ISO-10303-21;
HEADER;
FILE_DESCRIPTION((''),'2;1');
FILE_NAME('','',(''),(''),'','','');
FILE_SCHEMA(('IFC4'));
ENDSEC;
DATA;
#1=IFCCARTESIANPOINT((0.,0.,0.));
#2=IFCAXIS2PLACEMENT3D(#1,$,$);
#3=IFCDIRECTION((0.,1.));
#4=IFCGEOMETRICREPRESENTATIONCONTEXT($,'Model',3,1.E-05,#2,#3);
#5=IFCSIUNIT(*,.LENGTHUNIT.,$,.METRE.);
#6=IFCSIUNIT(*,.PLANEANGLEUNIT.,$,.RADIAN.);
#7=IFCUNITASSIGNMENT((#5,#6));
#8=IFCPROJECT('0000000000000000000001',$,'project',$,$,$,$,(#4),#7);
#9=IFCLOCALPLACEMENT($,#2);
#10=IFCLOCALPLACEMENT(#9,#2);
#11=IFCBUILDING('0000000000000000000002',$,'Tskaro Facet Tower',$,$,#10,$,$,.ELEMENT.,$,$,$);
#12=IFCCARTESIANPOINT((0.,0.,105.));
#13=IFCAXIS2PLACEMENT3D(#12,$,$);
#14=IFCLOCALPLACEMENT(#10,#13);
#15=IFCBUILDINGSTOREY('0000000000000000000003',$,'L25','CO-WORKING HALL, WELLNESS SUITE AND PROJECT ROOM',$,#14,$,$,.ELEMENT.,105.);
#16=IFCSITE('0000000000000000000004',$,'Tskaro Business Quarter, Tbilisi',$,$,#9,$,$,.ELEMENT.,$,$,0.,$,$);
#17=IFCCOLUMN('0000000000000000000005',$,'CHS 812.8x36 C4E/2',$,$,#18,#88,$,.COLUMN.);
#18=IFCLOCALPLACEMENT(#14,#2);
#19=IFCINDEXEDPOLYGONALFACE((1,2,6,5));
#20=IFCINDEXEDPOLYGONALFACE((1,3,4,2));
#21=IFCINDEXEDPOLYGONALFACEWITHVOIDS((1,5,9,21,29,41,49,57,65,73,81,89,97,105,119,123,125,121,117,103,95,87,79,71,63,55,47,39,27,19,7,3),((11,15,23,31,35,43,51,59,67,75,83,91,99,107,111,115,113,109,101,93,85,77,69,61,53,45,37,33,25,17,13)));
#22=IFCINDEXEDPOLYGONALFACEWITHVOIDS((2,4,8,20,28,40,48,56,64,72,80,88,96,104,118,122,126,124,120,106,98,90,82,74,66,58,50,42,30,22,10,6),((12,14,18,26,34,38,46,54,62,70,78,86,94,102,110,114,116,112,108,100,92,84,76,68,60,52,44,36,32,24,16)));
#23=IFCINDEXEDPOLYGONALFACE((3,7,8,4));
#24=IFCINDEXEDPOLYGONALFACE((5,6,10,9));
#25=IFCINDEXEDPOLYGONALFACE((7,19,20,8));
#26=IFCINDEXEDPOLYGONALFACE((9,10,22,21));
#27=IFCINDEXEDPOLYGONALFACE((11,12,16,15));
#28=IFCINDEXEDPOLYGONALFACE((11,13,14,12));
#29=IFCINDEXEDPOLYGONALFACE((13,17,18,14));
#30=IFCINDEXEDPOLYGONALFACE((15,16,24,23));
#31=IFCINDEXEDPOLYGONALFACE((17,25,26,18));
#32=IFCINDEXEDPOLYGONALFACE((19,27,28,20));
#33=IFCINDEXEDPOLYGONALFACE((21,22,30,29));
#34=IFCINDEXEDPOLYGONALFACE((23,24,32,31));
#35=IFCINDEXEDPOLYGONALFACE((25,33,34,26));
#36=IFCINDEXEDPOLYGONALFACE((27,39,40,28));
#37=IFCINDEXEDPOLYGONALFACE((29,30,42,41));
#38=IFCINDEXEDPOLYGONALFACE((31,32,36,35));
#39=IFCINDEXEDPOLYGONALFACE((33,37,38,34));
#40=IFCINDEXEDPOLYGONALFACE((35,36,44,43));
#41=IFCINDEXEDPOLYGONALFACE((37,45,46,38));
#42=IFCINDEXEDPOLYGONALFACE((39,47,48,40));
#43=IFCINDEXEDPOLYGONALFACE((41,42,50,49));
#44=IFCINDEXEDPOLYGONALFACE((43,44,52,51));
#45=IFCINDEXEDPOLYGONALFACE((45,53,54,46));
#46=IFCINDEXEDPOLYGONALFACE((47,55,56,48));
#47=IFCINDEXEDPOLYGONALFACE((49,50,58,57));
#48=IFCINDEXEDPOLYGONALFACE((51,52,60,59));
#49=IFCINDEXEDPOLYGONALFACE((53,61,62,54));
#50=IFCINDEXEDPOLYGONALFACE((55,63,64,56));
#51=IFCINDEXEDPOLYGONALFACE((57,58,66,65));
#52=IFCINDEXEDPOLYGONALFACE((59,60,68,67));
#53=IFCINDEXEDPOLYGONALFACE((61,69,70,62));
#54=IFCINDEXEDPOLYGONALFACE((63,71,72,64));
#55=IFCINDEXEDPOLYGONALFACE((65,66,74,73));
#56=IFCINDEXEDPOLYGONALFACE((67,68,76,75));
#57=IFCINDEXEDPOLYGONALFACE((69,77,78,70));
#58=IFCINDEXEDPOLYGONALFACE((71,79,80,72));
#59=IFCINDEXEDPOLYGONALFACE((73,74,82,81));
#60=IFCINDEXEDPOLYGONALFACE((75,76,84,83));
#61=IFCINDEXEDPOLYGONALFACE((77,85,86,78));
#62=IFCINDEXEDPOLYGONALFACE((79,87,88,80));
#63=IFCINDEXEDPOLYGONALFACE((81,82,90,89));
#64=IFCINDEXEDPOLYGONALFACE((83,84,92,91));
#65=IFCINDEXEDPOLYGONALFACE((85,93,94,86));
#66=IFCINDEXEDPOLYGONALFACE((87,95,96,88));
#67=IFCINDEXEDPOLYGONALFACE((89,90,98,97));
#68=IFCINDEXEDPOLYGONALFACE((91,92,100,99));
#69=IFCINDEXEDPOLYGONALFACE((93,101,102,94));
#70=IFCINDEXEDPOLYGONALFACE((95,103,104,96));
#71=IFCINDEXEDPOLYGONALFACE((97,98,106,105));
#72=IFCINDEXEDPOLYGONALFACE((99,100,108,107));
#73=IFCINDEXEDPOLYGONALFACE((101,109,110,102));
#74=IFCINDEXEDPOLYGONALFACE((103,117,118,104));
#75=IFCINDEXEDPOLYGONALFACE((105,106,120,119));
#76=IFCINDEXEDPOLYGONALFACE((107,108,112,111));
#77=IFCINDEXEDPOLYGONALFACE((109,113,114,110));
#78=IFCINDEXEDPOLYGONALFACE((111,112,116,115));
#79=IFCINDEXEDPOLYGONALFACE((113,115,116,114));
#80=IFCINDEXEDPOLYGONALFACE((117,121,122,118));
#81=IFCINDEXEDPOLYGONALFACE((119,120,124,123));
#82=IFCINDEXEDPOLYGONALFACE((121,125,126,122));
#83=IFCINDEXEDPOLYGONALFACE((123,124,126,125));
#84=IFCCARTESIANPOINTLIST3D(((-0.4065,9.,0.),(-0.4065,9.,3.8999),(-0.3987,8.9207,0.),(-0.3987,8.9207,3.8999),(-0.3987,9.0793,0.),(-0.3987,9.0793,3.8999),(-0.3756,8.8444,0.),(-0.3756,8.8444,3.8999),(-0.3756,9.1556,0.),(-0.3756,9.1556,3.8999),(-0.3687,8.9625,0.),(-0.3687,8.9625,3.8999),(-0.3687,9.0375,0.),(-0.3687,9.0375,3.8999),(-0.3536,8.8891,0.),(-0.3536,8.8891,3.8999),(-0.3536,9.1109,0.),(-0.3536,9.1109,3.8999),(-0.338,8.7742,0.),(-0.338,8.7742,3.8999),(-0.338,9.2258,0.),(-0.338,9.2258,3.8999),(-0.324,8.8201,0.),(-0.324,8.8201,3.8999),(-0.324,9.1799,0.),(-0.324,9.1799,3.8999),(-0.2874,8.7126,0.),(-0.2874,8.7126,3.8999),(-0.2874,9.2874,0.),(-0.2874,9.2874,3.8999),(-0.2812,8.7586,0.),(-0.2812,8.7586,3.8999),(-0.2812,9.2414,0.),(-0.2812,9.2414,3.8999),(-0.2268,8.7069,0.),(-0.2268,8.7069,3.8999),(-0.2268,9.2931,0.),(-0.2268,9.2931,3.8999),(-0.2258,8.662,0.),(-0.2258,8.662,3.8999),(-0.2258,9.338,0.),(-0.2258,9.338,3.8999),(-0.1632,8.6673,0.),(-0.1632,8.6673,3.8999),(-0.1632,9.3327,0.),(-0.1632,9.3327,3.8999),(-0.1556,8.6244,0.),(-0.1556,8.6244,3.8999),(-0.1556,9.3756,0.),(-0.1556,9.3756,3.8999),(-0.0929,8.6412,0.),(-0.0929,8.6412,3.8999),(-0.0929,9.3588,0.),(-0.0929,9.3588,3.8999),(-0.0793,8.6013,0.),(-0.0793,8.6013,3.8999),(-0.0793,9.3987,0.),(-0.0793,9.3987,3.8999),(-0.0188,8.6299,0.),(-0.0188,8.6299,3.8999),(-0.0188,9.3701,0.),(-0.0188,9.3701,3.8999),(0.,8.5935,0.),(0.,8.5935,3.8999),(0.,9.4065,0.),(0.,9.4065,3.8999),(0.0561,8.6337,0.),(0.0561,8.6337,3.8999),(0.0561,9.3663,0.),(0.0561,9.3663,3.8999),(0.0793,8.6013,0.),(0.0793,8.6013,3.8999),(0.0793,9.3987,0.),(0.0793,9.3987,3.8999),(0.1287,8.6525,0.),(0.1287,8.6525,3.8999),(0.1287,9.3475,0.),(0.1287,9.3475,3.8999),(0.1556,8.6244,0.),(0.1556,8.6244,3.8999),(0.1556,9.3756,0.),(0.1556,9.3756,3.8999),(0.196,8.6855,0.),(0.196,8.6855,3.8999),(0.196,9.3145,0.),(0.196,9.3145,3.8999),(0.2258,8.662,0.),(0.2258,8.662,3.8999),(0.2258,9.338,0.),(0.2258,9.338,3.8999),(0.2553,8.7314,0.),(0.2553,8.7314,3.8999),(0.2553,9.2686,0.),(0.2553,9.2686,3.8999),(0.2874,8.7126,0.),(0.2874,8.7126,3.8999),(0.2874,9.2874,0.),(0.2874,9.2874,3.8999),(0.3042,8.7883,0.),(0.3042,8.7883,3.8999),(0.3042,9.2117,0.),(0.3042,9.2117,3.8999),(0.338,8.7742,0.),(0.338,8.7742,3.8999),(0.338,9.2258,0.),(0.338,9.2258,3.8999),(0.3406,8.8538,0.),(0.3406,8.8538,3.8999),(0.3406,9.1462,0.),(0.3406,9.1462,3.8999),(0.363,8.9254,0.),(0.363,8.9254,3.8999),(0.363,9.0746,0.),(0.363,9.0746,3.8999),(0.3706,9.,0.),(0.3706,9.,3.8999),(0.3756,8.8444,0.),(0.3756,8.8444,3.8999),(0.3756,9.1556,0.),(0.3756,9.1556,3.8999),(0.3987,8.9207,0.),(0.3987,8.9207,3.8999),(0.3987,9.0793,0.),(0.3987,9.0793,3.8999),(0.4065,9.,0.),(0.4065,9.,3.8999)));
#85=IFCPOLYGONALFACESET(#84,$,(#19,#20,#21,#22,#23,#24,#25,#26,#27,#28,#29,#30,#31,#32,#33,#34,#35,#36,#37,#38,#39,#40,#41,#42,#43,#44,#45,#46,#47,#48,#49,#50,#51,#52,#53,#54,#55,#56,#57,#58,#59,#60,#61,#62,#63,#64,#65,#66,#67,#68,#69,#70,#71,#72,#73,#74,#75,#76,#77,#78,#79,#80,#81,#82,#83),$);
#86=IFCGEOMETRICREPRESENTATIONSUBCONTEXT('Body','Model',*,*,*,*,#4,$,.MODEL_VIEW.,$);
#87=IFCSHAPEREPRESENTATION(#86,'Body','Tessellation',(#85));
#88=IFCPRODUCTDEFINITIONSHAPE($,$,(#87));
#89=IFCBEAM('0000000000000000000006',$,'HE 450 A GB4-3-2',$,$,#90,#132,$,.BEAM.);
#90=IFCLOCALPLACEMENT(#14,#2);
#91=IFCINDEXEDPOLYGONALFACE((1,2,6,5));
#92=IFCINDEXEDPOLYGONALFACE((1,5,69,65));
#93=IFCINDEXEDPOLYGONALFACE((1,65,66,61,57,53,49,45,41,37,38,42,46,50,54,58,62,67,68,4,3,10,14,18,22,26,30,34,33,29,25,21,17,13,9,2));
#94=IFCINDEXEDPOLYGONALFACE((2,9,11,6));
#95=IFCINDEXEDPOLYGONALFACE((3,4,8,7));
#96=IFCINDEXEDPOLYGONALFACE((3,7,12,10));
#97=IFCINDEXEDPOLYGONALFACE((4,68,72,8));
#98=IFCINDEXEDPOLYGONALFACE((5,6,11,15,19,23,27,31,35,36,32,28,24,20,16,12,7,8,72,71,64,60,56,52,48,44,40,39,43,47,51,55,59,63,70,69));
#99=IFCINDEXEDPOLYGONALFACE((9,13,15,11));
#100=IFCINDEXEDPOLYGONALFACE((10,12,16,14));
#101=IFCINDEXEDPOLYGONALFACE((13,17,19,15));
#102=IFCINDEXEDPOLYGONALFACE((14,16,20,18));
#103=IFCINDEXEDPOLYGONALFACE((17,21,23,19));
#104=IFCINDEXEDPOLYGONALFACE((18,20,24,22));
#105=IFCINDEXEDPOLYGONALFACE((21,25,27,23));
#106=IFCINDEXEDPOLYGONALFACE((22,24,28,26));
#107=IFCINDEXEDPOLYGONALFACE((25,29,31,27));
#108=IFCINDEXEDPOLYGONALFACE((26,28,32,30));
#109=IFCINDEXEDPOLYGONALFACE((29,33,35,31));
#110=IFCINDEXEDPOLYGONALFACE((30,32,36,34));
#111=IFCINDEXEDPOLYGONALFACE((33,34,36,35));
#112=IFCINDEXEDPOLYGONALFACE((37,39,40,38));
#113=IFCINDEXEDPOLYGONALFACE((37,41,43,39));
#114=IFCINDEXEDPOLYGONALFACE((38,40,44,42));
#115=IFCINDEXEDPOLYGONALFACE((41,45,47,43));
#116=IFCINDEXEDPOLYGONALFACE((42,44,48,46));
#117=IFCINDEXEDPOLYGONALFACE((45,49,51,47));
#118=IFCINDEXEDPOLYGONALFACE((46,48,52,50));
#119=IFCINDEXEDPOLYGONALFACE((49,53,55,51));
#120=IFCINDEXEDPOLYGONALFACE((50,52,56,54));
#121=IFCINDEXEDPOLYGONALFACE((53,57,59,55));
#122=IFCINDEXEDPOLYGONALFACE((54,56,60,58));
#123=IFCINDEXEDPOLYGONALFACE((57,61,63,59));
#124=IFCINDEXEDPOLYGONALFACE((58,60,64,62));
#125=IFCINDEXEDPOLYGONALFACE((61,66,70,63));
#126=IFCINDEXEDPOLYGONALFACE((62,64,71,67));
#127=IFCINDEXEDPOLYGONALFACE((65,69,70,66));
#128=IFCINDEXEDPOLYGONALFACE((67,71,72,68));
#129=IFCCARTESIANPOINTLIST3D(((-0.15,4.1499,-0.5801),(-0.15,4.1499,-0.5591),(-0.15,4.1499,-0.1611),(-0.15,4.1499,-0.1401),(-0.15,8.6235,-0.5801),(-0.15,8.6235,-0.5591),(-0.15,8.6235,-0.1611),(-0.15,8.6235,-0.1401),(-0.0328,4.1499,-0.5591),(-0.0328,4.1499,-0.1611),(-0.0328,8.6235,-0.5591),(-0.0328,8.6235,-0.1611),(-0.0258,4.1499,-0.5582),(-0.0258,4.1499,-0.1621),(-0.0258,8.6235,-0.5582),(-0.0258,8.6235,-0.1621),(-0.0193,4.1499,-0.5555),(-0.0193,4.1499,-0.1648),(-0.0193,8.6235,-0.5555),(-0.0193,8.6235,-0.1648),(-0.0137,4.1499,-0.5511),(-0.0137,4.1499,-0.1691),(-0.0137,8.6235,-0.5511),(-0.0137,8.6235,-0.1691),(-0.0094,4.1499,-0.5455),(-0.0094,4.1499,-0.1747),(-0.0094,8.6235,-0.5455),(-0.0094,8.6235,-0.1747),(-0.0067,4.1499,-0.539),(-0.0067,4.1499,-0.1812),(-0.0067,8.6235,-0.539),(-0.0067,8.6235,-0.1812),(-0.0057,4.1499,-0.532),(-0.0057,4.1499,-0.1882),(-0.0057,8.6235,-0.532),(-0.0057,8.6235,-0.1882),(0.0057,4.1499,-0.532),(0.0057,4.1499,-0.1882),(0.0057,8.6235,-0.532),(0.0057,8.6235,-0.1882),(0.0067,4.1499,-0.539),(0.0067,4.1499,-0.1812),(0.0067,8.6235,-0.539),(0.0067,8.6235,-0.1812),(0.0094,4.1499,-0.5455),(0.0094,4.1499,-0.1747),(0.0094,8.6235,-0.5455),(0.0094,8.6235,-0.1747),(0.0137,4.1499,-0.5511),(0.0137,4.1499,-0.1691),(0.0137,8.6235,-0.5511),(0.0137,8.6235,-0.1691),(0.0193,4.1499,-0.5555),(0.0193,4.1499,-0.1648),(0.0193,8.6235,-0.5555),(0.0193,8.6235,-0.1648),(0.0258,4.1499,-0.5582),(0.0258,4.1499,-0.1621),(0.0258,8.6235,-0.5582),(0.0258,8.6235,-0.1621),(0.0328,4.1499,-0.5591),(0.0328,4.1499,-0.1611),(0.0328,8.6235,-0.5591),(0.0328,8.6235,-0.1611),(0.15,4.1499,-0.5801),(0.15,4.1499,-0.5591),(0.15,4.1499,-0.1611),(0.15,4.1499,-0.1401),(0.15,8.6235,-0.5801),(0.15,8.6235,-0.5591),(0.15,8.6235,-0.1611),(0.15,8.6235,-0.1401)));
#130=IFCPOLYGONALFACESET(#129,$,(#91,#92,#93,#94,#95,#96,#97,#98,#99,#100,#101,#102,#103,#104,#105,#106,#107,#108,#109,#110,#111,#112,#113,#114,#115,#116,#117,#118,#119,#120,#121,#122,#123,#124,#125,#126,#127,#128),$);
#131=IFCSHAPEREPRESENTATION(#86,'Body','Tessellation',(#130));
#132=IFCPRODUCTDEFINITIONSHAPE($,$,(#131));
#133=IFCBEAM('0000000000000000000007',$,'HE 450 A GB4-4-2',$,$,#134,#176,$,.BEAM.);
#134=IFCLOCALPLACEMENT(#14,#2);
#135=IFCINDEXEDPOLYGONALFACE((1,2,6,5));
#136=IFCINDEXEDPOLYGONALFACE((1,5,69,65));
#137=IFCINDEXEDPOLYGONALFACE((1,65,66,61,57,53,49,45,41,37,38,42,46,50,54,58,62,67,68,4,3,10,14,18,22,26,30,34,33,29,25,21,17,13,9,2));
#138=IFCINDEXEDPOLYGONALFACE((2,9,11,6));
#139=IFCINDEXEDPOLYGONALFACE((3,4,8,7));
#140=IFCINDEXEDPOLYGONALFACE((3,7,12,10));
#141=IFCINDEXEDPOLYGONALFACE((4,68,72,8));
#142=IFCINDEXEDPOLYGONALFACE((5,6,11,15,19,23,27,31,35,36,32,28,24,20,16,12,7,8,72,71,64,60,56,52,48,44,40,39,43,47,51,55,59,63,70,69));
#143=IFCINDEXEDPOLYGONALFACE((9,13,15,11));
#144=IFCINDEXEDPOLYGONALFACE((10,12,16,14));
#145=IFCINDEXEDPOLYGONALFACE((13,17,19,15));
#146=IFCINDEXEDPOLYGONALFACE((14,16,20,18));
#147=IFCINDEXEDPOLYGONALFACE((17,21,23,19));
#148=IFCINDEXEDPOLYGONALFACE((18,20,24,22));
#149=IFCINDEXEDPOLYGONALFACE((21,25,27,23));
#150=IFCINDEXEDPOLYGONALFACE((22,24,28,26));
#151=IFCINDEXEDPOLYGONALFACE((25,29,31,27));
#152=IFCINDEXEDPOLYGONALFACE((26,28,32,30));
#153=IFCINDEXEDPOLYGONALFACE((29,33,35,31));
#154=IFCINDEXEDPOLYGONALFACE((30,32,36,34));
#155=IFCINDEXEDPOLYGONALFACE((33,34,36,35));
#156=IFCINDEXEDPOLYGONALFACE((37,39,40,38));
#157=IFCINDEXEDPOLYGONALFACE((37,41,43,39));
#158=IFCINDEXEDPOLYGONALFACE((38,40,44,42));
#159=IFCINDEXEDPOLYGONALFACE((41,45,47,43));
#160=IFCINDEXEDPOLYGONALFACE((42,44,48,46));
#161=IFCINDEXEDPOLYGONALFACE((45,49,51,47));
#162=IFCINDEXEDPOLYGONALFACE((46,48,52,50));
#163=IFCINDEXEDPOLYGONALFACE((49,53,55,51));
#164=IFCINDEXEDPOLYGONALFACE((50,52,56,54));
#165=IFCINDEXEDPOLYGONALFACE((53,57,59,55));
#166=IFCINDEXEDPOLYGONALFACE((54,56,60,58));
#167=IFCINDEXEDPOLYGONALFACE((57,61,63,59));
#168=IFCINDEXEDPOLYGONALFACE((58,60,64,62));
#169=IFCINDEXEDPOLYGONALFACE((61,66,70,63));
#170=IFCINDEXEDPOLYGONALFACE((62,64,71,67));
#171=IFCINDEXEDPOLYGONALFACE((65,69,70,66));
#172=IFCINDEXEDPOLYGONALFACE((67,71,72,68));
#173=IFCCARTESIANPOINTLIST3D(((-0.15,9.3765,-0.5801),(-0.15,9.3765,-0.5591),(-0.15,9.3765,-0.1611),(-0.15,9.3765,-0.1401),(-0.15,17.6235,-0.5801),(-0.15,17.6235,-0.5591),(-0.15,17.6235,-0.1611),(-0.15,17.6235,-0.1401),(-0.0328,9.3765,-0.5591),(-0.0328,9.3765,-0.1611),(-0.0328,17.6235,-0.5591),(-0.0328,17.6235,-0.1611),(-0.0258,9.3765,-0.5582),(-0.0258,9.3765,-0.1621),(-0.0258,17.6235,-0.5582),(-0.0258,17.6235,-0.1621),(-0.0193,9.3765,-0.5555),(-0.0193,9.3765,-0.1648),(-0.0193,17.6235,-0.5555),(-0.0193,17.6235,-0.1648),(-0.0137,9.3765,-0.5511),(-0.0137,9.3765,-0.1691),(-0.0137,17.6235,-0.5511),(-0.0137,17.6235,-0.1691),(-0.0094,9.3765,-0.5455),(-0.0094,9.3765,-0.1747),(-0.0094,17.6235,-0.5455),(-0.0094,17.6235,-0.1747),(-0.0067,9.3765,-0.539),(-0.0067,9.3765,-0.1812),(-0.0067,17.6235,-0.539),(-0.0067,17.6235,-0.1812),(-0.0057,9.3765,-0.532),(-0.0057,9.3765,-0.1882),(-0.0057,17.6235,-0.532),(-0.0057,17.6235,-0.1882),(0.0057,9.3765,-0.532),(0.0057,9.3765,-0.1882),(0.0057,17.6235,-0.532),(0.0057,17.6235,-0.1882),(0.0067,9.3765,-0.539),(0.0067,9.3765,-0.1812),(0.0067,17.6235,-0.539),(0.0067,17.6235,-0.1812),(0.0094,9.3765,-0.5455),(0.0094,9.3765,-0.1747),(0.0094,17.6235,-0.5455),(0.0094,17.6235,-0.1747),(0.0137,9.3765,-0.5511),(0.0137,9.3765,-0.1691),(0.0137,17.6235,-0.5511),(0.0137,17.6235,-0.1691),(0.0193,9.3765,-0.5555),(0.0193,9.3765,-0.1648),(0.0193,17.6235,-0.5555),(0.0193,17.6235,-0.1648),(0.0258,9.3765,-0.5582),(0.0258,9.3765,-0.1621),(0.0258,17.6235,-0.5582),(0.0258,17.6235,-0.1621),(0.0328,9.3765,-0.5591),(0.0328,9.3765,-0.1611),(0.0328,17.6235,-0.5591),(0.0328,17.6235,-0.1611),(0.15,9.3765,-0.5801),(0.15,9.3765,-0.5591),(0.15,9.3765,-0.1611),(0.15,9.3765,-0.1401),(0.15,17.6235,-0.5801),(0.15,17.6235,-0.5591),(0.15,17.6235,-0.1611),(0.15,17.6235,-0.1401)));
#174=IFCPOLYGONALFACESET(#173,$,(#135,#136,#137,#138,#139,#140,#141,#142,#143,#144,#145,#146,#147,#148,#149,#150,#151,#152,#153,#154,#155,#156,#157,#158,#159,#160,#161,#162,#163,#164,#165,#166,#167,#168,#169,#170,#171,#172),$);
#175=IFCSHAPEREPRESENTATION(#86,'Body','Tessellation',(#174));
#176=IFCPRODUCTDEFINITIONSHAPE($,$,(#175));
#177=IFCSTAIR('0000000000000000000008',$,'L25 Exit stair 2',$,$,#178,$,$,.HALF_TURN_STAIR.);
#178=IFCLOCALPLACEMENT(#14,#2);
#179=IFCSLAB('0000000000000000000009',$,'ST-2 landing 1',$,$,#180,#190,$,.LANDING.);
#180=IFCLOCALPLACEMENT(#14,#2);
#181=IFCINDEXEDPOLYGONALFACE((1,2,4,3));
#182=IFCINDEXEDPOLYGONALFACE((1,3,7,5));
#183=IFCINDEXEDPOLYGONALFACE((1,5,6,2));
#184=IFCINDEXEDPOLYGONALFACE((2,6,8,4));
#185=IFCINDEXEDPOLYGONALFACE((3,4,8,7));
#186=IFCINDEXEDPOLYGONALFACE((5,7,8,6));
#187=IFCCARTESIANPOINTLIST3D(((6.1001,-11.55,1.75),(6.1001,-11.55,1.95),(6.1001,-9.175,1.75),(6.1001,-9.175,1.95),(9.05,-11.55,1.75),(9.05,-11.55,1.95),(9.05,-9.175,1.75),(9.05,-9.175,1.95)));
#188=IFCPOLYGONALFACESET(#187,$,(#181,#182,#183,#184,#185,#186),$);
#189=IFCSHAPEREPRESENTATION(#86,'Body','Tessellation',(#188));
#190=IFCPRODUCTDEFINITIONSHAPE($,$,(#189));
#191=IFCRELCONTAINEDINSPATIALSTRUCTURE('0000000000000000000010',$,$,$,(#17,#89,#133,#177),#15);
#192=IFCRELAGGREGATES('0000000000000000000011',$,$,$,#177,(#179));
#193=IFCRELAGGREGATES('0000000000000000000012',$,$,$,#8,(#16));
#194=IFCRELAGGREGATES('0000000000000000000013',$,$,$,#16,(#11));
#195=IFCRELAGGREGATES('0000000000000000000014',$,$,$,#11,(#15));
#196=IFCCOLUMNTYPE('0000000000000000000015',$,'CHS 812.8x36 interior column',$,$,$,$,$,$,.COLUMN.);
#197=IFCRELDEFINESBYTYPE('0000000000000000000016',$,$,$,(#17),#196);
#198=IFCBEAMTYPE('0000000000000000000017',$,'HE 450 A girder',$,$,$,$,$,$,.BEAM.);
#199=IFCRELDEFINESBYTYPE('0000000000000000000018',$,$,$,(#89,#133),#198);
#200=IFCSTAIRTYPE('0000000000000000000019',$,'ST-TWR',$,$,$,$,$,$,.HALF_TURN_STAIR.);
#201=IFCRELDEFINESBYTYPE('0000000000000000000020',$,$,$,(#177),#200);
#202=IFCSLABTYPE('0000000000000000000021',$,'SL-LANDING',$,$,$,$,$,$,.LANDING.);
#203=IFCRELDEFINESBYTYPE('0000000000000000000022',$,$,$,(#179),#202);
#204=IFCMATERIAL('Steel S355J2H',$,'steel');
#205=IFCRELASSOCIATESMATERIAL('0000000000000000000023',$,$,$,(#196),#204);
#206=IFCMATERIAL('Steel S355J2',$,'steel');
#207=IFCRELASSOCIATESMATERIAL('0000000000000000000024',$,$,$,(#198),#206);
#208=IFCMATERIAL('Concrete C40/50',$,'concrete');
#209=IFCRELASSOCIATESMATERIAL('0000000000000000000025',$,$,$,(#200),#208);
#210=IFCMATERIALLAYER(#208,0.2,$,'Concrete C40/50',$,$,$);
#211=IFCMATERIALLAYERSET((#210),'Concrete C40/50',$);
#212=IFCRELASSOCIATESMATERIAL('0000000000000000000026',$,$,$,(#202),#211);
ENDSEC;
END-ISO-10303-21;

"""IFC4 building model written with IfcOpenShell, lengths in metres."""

from ifc_helpers import new_model, si_unit, direction, frame, origin, origin_2d, place, context, subcontext, project, spatial, polyline, hollow_circle, i_section, outline, extrude, material, layer, layer_set, material_profile, profile_set, type_object, element, aggregate, save


model = new_model("IFC4")

# Units and contexts
model_context = context("Model", 3, precision=1e-05, world=origin(), true_north=direction((0.0, 1.0)))
body_context = subcontext(model_context, "Body", "Model", "MODEL_VIEW")
ifc_project = project(units=[si_unit("LENGTHUNIT", "METRE"), si_unit("PLANEANGLEUNIT", "RADIAN")], contexts=[model_context])

# Site, building, storey
site_placement = place(None, origin())
site = spatial("IfcSite", under=ifc_project, at=site_placement, Name="Tskaro Business Quarter, Tbilisi", CompositionType="ELEMENT", RefElevation=0.0)
building_placement = place(site_placement, origin())
building = spatial("IfcBuilding", under=site, at=building_placement, Name="Tskaro Facet Tower", CompositionType="ELEMENT")
storey_placement = place(building_placement, frame((0.0, 0.0, 105.0)))
storey = spatial("IfcBuildingStorey", under=building, at=storey_placement, Name="L25", Description="CO-WORKING HALL, WELLNESS SUITE AND PROJECT ROOM", CompositionType="ELEMENT", Elevation=105.0)

# Column
ifc_material_1 = material(Name="Steel S355J2H", Category="steel")
ifc_material_profile_1 = material_profile(ifc_material_1, hollow_circle(Radius=0.4065, WallThickness=0.0359, at=origin_2d()), Name="CHS 812.8x36")
ifc_profile_set_1 = profile_set([ifc_material_profile_1], Name="Steel S355J2H")
column_type = type_object("IfcColumnType", Name="CHS 812.8x36 interior column", PredefinedType="COLUMN", material=ifc_profile_set_1)
column_placement = place(storey_placement, frame((0.0, 9.0, 0.0), z_axis=(0.0, 0.0, 1.0), x_axis=(1.0, 0.0, 0.0)))
element("IfcColumn", 1, at=column_placement, inside=storey, type_object=column_type, Name="CHS 812.8x36 C4E/2", PredefinedType="COLUMN", context=body_context, shape_type="SweptSolid", body=[
    extrude(hollow_circle(Radius=0.4065, WallThickness=0.0359, at=origin_2d()), origin(), (0.0, 0.0, 1.0), 3.8999),
])

# Beams
ifc_material_2 = material(Name="Steel S355J2", Category="steel")
ifc_material_profile_2 = material_profile(ifc_material_2, i_section(OverallWidth=0.3, OverallDepth=0.4399, WebThickness=0.0115, FlangeThickness=0.021, FilletRadius=0.0271, at=origin_2d()), Name="HE 450 A")
ifc_profile_set_2 = profile_set([ifc_material_profile_2], Name="Steel S355J2")
beam_type = type_object("IfcBeamType", Name="HE 450 A girder", PredefinedType="BEAM", material=ifc_profile_set_2)
beam_1_placement = place(storey_placement, frame((0.0, 4.1499, -0.3601), z_axis=(0.0, 1.0, 0.0), x_axis=(-1.0, 0.0, 0.0)))
element("IfcBeam", 2, at=beam_1_placement, inside=storey, type_object=beam_type, Name="HE 450 A GB4-3-2", PredefinedType="BEAM", context=body_context, shape_type="SweptSolid", body=[
    extrude(i_section(OverallWidth=0.3, OverallDepth=0.4399, WebThickness=0.0115, FlangeThickness=0.021, FilletRadius=0.0271, at=origin_2d()), origin(), (0.0, 0.0, 1.0), 4.4736),
])
beam_2_placement = place(storey_placement, frame((0.0, 9.3765, -0.3601), z_axis=(0.0, 1.0, 0.0), x_axis=(-1.0, 0.0, 0.0)))
element("IfcBeam", 3, at=beam_2_placement, inside=storey, type_object=beam_type, Name="HE 450 A GB4-4-2", PredefinedType="BEAM", context=body_context, shape_type="SweptSolid", body=[
    extrude(i_section(OverallWidth=0.3, OverallDepth=0.4399, WebThickness=0.0115, FlangeThickness=0.021, FilletRadius=0.0271, at=origin_2d()), origin(), (0.0, 0.0, 1.0), 8.2471),
])

# Stair, slab
ifc_material_3 = material(Name="Concrete C40/50", Category="concrete")
stair_type = type_object("IfcStairType", Name="ST-TWR", PredefinedType="HALF_TURN_STAIR", material=ifc_material_3)
stair_1_placement = place(storey_placement, origin())
stair_1 = element("IfcStair", 4, at=stair_1_placement, inside=storey, type_object=stair_type, Name="L25 Exit stair 2", PredefinedType="HALF_TURN_STAIR")
ifc_layer_1 = layer(ifc_material_3, 0.2, Name="Concrete C40/50")
ifc_layer_set_1 = layer_set([ifc_layer_1], Name="Concrete C40/50")
slab_type = type_object("IfcSlabType", Name="SL-LANDING", PredefinedType="LANDING", material=ifc_layer_set_1)
slab_1_placement = place(storey_placement, frame((0.0, 0.0, 1.75)))
slab_1 = element("IfcSlab", 5, at=slab_1_placement, type_object=slab_type, Name="ST-2 landing 1", PredefinedType="LANDING", context=body_context, shape_type="SweptSolid", body=[
    extrude(outline(polyline([(6.1001, -11.55), (9.05, -11.55), (9.05, -9.175), (6.1001, -9.175), (6.1001, -11.55)])), origin(), (0.0, 0.0, 1.0), 0.2),
])
aggregate(stair_1, [slab_1])

save(model, "model.ifc")
